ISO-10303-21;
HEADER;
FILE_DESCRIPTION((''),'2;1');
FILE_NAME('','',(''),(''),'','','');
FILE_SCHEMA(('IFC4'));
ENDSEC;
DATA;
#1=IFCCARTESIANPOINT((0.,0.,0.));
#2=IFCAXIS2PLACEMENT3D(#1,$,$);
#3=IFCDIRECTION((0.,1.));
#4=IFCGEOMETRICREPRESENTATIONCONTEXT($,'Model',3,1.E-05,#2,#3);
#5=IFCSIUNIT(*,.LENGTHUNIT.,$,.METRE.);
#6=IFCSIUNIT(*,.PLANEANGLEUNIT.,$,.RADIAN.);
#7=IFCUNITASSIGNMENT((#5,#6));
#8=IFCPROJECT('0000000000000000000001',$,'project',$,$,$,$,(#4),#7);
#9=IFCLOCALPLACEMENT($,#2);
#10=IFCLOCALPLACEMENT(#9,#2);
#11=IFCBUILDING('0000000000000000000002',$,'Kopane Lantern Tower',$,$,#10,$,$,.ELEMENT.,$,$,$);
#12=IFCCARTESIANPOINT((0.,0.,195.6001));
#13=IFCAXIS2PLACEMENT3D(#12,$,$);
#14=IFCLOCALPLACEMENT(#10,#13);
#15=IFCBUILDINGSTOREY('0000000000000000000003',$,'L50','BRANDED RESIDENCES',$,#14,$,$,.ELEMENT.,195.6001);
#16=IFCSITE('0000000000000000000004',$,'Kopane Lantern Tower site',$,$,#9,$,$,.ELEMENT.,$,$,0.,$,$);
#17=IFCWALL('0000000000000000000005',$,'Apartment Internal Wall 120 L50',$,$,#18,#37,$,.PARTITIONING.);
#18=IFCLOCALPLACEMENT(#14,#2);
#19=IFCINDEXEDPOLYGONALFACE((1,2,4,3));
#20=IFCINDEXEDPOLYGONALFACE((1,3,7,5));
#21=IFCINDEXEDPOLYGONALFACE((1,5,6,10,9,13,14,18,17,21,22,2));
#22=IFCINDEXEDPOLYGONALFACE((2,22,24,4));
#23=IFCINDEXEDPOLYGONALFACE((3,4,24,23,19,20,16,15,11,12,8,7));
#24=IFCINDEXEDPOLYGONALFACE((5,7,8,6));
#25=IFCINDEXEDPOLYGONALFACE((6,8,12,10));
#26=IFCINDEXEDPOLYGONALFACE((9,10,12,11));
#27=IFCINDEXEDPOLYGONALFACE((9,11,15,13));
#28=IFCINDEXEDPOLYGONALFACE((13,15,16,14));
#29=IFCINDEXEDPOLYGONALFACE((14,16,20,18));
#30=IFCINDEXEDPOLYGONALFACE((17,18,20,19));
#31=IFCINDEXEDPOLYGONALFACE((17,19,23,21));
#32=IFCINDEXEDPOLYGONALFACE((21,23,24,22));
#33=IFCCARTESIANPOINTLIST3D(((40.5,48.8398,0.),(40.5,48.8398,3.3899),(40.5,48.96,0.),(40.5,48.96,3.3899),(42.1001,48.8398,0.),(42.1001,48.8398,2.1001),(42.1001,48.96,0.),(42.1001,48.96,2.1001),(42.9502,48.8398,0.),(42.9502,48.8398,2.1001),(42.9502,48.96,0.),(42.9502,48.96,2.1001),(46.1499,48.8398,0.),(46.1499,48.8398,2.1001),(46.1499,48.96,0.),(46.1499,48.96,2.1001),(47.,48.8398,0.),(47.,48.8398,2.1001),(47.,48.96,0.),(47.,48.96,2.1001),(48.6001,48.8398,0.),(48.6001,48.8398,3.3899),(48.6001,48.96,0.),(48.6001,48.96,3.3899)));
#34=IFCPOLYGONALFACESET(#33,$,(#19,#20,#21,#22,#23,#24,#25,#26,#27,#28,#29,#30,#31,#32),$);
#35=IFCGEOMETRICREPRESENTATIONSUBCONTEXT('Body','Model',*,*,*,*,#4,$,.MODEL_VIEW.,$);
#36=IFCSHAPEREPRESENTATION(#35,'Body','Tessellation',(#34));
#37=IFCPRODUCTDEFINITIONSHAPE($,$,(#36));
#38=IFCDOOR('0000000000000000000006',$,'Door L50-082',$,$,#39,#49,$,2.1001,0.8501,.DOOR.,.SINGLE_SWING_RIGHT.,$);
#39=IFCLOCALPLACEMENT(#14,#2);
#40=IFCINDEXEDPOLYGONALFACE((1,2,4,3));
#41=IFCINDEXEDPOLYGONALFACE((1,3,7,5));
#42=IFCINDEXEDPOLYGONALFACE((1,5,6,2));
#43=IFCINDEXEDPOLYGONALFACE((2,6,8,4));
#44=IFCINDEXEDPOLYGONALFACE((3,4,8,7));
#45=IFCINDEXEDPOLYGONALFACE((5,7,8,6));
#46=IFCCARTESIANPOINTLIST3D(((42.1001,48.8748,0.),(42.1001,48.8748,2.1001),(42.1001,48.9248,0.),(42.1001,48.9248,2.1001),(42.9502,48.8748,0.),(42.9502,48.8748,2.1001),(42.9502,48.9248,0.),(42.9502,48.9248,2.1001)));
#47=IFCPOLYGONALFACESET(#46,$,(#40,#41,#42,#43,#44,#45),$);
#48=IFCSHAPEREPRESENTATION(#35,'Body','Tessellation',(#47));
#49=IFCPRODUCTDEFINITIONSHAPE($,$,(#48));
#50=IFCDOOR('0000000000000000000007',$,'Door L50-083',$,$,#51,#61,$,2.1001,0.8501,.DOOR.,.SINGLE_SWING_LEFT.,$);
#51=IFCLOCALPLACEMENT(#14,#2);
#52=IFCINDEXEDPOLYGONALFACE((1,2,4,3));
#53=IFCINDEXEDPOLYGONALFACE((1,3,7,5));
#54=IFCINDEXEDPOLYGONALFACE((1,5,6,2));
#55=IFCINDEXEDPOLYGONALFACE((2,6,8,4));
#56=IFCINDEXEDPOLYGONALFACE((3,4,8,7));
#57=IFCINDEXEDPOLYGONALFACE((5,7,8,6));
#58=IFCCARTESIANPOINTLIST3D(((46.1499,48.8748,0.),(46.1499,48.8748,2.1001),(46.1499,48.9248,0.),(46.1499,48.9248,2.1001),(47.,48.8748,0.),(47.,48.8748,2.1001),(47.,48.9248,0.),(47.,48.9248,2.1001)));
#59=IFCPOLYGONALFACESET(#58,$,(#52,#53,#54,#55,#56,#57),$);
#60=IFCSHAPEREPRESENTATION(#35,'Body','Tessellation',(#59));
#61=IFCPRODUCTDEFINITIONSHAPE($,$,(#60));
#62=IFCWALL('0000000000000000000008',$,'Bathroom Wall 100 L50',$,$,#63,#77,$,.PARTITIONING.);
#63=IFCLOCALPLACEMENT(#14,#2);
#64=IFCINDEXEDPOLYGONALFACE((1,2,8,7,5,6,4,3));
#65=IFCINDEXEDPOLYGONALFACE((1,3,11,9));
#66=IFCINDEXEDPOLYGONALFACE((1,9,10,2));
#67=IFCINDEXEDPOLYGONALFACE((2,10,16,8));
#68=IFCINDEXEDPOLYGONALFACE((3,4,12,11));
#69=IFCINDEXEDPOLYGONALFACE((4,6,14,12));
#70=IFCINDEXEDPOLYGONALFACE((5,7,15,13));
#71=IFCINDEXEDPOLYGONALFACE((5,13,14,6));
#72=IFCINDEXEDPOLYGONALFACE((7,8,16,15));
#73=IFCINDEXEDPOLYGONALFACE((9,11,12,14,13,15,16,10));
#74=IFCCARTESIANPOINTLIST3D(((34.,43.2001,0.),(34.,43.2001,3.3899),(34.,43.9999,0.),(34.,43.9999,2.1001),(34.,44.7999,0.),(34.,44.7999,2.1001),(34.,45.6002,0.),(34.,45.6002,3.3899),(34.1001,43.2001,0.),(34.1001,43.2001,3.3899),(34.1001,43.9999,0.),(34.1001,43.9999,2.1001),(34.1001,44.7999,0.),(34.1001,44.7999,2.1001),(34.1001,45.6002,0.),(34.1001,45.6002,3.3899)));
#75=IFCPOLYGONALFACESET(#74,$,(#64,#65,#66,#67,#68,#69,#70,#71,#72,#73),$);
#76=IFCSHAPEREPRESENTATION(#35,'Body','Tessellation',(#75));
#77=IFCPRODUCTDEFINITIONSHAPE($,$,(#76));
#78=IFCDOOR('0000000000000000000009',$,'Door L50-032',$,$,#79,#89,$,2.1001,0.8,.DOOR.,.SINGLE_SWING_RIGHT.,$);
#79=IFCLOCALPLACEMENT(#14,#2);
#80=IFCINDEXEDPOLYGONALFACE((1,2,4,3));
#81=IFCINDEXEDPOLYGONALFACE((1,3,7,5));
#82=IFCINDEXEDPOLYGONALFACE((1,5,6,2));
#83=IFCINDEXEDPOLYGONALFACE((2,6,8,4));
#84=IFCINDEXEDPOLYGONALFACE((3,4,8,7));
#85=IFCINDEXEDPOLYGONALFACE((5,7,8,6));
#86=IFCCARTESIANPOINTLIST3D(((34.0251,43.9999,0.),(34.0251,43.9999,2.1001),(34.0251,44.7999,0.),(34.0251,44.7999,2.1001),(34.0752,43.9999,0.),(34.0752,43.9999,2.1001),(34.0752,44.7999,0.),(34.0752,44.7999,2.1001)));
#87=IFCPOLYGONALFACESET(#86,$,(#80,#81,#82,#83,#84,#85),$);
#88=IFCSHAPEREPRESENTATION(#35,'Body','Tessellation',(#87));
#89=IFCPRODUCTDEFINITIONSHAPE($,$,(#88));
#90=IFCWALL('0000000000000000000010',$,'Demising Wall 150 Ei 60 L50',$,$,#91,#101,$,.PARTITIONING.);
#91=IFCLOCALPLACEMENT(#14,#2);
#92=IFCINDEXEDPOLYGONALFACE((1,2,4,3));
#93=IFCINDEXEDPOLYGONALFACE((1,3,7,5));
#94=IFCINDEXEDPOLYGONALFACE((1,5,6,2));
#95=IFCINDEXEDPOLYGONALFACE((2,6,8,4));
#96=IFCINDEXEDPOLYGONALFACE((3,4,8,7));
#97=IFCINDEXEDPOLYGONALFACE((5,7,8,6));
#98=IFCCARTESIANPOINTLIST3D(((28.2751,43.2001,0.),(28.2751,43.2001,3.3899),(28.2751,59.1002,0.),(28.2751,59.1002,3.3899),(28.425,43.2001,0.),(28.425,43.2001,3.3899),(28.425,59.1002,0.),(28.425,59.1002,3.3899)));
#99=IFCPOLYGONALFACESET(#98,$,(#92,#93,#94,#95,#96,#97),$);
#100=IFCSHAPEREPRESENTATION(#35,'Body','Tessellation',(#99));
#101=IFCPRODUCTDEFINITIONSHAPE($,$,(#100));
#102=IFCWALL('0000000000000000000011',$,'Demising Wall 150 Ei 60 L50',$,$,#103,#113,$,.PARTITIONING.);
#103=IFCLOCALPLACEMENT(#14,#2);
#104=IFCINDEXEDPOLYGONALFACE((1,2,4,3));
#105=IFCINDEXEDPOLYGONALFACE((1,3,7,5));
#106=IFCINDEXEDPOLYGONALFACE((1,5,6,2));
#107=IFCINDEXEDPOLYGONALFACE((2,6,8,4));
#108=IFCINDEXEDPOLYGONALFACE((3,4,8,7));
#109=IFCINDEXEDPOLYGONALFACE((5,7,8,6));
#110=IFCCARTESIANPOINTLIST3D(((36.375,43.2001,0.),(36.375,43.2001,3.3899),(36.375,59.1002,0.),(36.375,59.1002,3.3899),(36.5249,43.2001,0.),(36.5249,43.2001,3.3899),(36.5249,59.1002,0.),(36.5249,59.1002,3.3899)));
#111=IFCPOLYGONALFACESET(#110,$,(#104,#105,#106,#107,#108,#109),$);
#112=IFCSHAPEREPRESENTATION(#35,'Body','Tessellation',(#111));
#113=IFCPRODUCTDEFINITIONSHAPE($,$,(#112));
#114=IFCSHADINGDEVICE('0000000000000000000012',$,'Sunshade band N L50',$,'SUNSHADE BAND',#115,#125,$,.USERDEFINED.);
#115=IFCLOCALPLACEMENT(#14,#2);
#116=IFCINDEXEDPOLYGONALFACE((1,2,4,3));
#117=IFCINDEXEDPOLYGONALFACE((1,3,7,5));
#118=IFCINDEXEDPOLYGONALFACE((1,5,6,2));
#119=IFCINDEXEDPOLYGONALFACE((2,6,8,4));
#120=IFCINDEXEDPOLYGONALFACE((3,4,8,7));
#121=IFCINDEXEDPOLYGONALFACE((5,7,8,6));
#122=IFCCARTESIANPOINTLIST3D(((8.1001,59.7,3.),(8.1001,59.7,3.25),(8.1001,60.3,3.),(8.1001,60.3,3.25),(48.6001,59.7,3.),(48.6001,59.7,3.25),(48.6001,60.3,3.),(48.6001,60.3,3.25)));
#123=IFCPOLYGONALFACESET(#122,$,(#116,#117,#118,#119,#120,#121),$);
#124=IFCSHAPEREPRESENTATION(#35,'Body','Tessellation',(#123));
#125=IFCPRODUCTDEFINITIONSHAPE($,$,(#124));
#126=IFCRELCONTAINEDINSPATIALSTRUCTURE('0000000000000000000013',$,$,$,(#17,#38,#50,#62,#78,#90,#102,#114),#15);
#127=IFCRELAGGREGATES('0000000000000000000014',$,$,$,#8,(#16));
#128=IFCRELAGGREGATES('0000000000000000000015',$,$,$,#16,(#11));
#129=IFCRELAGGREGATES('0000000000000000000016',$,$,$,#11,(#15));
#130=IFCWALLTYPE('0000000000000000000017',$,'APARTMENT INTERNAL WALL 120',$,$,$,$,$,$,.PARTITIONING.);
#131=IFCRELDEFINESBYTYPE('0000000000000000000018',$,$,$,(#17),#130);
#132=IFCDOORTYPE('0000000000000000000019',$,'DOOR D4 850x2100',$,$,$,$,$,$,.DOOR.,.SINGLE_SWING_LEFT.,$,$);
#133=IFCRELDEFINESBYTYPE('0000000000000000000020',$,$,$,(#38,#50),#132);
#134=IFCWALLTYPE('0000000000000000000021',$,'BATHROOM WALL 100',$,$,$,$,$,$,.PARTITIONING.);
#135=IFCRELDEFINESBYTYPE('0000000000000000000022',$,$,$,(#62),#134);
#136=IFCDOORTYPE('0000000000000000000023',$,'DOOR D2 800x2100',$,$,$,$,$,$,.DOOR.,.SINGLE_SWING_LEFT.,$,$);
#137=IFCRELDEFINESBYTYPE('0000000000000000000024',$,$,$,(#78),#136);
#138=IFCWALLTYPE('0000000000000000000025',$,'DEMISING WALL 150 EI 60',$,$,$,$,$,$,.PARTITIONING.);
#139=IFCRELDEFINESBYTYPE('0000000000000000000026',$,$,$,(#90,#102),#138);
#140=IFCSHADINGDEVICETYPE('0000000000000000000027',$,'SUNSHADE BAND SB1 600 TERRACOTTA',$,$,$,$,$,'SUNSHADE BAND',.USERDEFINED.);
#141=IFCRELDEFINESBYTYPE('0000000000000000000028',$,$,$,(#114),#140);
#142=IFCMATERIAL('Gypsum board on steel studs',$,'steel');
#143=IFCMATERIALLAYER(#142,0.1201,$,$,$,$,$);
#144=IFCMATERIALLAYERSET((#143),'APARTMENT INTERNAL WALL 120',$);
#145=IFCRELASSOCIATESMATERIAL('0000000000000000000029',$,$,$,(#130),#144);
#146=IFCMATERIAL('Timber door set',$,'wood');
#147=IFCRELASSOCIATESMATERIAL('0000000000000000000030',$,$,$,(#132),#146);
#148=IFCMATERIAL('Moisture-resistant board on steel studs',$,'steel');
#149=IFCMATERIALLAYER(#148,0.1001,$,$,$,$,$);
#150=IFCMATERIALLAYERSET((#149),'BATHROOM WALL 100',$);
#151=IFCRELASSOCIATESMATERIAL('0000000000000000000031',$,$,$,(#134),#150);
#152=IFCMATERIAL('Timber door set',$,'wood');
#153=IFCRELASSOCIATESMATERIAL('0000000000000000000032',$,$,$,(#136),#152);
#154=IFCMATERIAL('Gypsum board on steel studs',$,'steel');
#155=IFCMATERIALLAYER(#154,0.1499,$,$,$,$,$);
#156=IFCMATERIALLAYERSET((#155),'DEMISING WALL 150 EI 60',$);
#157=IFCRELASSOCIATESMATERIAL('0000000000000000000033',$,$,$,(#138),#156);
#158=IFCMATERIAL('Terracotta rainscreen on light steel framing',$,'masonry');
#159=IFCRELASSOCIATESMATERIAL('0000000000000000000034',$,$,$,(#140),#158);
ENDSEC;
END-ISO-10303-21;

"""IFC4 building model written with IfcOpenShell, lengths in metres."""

from ifc_helpers import new_model, si_unit, direction, frame, frame_2d, origin, origin_2d, place, context, subcontext, project, spatial, rectangle, extrude, material, layer, layer_set, type_object, element, fill, save


model = new_model("IFC4")

# Units and contexts
model_context = context("Model", 3, precision=1e-05, world=origin(), true_north=direction((0.0, 1.0)))
body_context = subcontext(model_context, "Body", "Model", "MODEL_VIEW")
ifc_project = project(units=[si_unit("LENGTHUNIT", "METRE"), si_unit("PLANEANGLEUNIT", "RADIAN")], contexts=[model_context])

# Site, building, storey
site_placement = place(None, origin())
site = spatial("IfcSite", under=ifc_project, at=site_placement, Name="Kopane Lantern Tower site", CompositionType="ELEMENT", RefElevation=0.0)
building_placement = place(site_placement, origin())
building = spatial("IfcBuilding", under=site, at=building_placement, Name="Kopane Lantern Tower", CompositionType="ELEMENT")
storey_placement = place(building_placement, frame((0.0, 0.0, 195.6001)))
storey = spatial("IfcBuildingStorey", under=building, at=storey_placement, Name="L50", Description="BRANDED RESIDENCES", CompositionType="ELEMENT", Elevation=195.6001)

# Shared definitions
ifc_material_1 = material(Name="Gypsum board on steel studs", Category="steel")
ifc_layer_1 = layer(ifc_material_1, 0.1201)
ifc_layer_set_1 = layer_set([ifc_layer_1], Name="APARTMENT INTERNAL WALL 120")
wall_type_1 = type_object("IfcWallType", Name="APARTMENT INTERNAL WALL 120", PredefinedType="PARTITIONING", material=ifc_layer_set_1)

# Shared definitions
ifc_material_2 = material(Name="Timber door set", Category="wood")
door_type_1 = type_object("IfcDoorType", Name="DOOR D4 850x2100", OperationType="SINGLE_SWING_LEFT", PredefinedType="DOOR", material=ifc_material_2)

# Wall, openings, doors
wall_1_placement = place(storey_placement, frame((40.5, 48.8999, 0.0), z_axis=(0.0, 0.0, 1.0), x_axis=(1.0, 0.0, 0.0)))
wall_1 = element("IfcWall", 1, at=wall_1_placement, inside=storey, type_object=wall_type_1, Name="Apartment Internal Wall 120 L50", PredefinedType="PARTITIONING", context=body_context, shape_type="SweptSolid", body=[
    extrude(rectangle(XDim=8.1001, YDim=0.1201, at=frame_2d((4.05, 0.0))), origin(), (0.0, 0.0, 1.0), 3.3899),
])
opening_1_placement = place(wall_1_placement, frame((1.6001, 0.0, 0.0)))
opening_1 = element("IfcOpeningElement", 2, at=opening_1_placement, cuts=wall_1, PredefinedType="OPENING", context=body_context, shape_type="SweptSolid", body=[
    extrude(rectangle(XDim=0.8501, YDim=2.1001, at=frame_2d((0.425, 1.05))), frame((0.0, 0.0701, 0.0), z_axis=(0.0, -1.0, 0.0), x_axis=(1.0, 0.0, 0.0)), (0.0, 0.0, 1.0), 0.1401),
])
opening_2_placement = place(wall_1_placement, frame((5.6499, 0.0, 0.0)))
opening_2 = element("IfcOpeningElement", 3, at=opening_2_placement, cuts=wall_1, PredefinedType="OPENING", context=body_context, shape_type="SweptSolid", body=[
    extrude(rectangle(XDim=0.8501, YDim=2.1001, at=frame_2d((0.425, 1.05))), frame((0.0, 0.0701, 0.0), z_axis=(0.0, -1.0, 0.0), x_axis=(1.0, 0.0, 0.0)), (0.0, 0.0, 1.0), 0.1401),
])
door_1_placement = place(opening_1_placement, origin())
door_1 = element("IfcDoor", 4, at=door_1_placement, inside=storey, type_object=door_type_1, Name="Door L50-082", OperationType="SINGLE_SWING_RIGHT", OverallHeight=2.1001, OverallWidth=0.8501, PredefinedType="DOOR", context=body_context, shape_type="SweptSolid", body=[
    extrude(rectangle(XDim=0.8501, YDim=2.1001, at=frame_2d((0.425, 1.05))), frame((0.0, 0.0249, 0.0), z_axis=(0.0, -1.0, 0.0), x_axis=(1.0, 0.0, 0.0)), (0.0, 0.0, 1.0), 0.05),
])
fill(opening_1, door_1)
door_2_placement = place(opening_2_placement, origin())
door_2 = element("IfcDoor", 5, at=door_2_placement, inside=storey, type_object=door_type_1, Name="Door L50-083", OperationType="SINGLE_SWING_LEFT", OverallHeight=2.1001, OverallWidth=0.8501, PredefinedType="DOOR", context=body_context, shape_type="SweptSolid", body=[
    extrude(rectangle(XDim=0.8501, YDim=2.1001, at=frame_2d((0.425, 1.05))), frame((0.0, 0.0249, 0.0), z_axis=(0.0, -1.0, 0.0), x_axis=(1.0, 0.0, 0.0)), (0.0, 0.0, 1.0), 0.05),
])
fill(opening_2, door_2)

# Wall, opening, door
ifc_material_3 = material(Name="Moisture-resistant board on steel studs", Category="steel")
ifc_layer_2 = layer(ifc_material_3, 0.1001)
ifc_layer_set_2 = layer_set([ifc_layer_2], Name="BATHROOM WALL 100")
wall_type_2 = type_object("IfcWallType", Name="BATHROOM WALL 100", PredefinedType="PARTITIONING", material=ifc_layer_set_2)
wall_2_placement = place(storey_placement, frame((34.05, 43.2, 0.0), z_axis=(0.0, 0.0, 1.0), x_axis=(0.0, 1.0, 0.0)))
wall_2 = element("IfcWall", 6, at=wall_2_placement, inside=storey, type_object=wall_type_2, Name="Bathroom Wall 100 L50", PredefinedType="PARTITIONING", context=body_context, shape_type="SweptSolid", body=[
    extrude(rectangle(XDim=2.4001, YDim=0.1001, at=frame_2d((1.2002, 0.0))), origin(), (0.0, 0.0, 1.0), 3.3899),
])
opening_3_placement = place(wall_2_placement, frame((0.8, 0.0, 0.0)))
opening_3 = element("IfcOpeningElement", 7, at=opening_3_placement, cuts=wall_2, PredefinedType="OPENING", context=body_context, shape_type="SweptSolid", body=[
    extrude(rectangle(XDim=0.8, YDim=2.1001, at=frame_2d((0.3999, 1.05))), frame((0.0, 0.0601, 0.0), z_axis=(0.0, -1.0, 0.0), x_axis=(1.0, 0.0, 0.0)), (0.0, 0.0, 1.0), 0.1201),
])
ifc_material_4 = material(Name="Timber door set", Category="wood")
door_type_2 = type_object("IfcDoorType", Name="DOOR D2 800x2100", OperationType="SINGLE_SWING_LEFT", PredefinedType="DOOR", material=ifc_material_4)
door_3_placement = place(opening_3_placement, origin())
door_3 = element("IfcDoor", 8, at=door_3_placement, inside=storey, type_object=door_type_2, Name="Door L50-032", OperationType="SINGLE_SWING_RIGHT", OverallHeight=2.1001, OverallWidth=0.8, PredefinedType="DOOR", context=body_context, shape_type="SweptSolid", body=[
    extrude(rectangle(XDim=0.8, YDim=2.1001, at=frame_2d((0.3999, 1.05))), frame((0.0, 0.0249, 0.0), z_axis=(0.0, -1.0, 0.0), x_axis=(1.0, 0.0, 0.0)), (0.0, 0.0, 1.0), 0.05),
])
fill(opening_3, door_3)

# Walls
ifc_material_5 = material(Name="Gypsum board on steel studs", Category="steel")
ifc_layer_3 = layer(ifc_material_5, 0.1499)
ifc_layer_set_3 = layer_set([ifc_layer_3], Name="DEMISING WALL 150 EI 60")
wall_type_3 = type_object("IfcWallType", Name="DEMISING WALL 150 EI 60", PredefinedType="PARTITIONING", material=ifc_layer_set_3)
for number, where, z_axis, x_axis, name in (
    (9, (28.3501, 43.2, 0.0), (0.0, 0.0, 1.0), (0.0, 1.0, 0.0), "Demising Wall 150 Ei 60 L50"),
    (10, (36.45, 43.2, 0.0), (0.0, 0.0, 1.0), (0.0, 1.0, 0.0), "Demising Wall 150 Ei 60 L50"),
):
    element("IfcWall", number, at=place(storey_placement, frame(where, z_axis=z_axis, x_axis=x_axis)), inside=storey, type_object=wall_type_3, Name=name, PredefinedType="PARTITIONING", context=body_context, shape_type="SweptSolid", body=[
        extrude(rectangle(XDim=15.9001, YDim=0.1499, at=frame_2d((7.9502, 0.0))), origin(), (0.0, 0.0, 1.0), 3.3899),
    ])

# Shading device
ifc_material_6 = material(Name="Terracotta rainscreen on light steel framing", Category="masonry")
shading_device_type = type_object("IfcShadingDeviceType", Name="SUNSHADE BAND SB1 600 TERRACOTTA", ElementType="SUNSHADE BAND", PredefinedType="USERDEFINED", material=ifc_material_6)
shading_device_placement = place(storey_placement, frame((28.3501, 60.0, 3.0), z_axis=(0.0, 0.0, 1.0), x_axis=(-1.0, 0.0, 0.0)))
element("IfcShadingDevice", 11, at=shading_device_placement, inside=storey, type_object=shading_device_type, Name="Sunshade band N L50", ObjectType="SUNSHADE BAND", PredefinedType="USERDEFINED", context=body_context, shape_type="SweptSolid", body=[
    extrude(rectangle(XDim=40.5, YDim=0.6001, at=origin_2d()), origin(), (0.0, 0.0, 1.0), 0.25),
])

save(model, "model.ifc")
